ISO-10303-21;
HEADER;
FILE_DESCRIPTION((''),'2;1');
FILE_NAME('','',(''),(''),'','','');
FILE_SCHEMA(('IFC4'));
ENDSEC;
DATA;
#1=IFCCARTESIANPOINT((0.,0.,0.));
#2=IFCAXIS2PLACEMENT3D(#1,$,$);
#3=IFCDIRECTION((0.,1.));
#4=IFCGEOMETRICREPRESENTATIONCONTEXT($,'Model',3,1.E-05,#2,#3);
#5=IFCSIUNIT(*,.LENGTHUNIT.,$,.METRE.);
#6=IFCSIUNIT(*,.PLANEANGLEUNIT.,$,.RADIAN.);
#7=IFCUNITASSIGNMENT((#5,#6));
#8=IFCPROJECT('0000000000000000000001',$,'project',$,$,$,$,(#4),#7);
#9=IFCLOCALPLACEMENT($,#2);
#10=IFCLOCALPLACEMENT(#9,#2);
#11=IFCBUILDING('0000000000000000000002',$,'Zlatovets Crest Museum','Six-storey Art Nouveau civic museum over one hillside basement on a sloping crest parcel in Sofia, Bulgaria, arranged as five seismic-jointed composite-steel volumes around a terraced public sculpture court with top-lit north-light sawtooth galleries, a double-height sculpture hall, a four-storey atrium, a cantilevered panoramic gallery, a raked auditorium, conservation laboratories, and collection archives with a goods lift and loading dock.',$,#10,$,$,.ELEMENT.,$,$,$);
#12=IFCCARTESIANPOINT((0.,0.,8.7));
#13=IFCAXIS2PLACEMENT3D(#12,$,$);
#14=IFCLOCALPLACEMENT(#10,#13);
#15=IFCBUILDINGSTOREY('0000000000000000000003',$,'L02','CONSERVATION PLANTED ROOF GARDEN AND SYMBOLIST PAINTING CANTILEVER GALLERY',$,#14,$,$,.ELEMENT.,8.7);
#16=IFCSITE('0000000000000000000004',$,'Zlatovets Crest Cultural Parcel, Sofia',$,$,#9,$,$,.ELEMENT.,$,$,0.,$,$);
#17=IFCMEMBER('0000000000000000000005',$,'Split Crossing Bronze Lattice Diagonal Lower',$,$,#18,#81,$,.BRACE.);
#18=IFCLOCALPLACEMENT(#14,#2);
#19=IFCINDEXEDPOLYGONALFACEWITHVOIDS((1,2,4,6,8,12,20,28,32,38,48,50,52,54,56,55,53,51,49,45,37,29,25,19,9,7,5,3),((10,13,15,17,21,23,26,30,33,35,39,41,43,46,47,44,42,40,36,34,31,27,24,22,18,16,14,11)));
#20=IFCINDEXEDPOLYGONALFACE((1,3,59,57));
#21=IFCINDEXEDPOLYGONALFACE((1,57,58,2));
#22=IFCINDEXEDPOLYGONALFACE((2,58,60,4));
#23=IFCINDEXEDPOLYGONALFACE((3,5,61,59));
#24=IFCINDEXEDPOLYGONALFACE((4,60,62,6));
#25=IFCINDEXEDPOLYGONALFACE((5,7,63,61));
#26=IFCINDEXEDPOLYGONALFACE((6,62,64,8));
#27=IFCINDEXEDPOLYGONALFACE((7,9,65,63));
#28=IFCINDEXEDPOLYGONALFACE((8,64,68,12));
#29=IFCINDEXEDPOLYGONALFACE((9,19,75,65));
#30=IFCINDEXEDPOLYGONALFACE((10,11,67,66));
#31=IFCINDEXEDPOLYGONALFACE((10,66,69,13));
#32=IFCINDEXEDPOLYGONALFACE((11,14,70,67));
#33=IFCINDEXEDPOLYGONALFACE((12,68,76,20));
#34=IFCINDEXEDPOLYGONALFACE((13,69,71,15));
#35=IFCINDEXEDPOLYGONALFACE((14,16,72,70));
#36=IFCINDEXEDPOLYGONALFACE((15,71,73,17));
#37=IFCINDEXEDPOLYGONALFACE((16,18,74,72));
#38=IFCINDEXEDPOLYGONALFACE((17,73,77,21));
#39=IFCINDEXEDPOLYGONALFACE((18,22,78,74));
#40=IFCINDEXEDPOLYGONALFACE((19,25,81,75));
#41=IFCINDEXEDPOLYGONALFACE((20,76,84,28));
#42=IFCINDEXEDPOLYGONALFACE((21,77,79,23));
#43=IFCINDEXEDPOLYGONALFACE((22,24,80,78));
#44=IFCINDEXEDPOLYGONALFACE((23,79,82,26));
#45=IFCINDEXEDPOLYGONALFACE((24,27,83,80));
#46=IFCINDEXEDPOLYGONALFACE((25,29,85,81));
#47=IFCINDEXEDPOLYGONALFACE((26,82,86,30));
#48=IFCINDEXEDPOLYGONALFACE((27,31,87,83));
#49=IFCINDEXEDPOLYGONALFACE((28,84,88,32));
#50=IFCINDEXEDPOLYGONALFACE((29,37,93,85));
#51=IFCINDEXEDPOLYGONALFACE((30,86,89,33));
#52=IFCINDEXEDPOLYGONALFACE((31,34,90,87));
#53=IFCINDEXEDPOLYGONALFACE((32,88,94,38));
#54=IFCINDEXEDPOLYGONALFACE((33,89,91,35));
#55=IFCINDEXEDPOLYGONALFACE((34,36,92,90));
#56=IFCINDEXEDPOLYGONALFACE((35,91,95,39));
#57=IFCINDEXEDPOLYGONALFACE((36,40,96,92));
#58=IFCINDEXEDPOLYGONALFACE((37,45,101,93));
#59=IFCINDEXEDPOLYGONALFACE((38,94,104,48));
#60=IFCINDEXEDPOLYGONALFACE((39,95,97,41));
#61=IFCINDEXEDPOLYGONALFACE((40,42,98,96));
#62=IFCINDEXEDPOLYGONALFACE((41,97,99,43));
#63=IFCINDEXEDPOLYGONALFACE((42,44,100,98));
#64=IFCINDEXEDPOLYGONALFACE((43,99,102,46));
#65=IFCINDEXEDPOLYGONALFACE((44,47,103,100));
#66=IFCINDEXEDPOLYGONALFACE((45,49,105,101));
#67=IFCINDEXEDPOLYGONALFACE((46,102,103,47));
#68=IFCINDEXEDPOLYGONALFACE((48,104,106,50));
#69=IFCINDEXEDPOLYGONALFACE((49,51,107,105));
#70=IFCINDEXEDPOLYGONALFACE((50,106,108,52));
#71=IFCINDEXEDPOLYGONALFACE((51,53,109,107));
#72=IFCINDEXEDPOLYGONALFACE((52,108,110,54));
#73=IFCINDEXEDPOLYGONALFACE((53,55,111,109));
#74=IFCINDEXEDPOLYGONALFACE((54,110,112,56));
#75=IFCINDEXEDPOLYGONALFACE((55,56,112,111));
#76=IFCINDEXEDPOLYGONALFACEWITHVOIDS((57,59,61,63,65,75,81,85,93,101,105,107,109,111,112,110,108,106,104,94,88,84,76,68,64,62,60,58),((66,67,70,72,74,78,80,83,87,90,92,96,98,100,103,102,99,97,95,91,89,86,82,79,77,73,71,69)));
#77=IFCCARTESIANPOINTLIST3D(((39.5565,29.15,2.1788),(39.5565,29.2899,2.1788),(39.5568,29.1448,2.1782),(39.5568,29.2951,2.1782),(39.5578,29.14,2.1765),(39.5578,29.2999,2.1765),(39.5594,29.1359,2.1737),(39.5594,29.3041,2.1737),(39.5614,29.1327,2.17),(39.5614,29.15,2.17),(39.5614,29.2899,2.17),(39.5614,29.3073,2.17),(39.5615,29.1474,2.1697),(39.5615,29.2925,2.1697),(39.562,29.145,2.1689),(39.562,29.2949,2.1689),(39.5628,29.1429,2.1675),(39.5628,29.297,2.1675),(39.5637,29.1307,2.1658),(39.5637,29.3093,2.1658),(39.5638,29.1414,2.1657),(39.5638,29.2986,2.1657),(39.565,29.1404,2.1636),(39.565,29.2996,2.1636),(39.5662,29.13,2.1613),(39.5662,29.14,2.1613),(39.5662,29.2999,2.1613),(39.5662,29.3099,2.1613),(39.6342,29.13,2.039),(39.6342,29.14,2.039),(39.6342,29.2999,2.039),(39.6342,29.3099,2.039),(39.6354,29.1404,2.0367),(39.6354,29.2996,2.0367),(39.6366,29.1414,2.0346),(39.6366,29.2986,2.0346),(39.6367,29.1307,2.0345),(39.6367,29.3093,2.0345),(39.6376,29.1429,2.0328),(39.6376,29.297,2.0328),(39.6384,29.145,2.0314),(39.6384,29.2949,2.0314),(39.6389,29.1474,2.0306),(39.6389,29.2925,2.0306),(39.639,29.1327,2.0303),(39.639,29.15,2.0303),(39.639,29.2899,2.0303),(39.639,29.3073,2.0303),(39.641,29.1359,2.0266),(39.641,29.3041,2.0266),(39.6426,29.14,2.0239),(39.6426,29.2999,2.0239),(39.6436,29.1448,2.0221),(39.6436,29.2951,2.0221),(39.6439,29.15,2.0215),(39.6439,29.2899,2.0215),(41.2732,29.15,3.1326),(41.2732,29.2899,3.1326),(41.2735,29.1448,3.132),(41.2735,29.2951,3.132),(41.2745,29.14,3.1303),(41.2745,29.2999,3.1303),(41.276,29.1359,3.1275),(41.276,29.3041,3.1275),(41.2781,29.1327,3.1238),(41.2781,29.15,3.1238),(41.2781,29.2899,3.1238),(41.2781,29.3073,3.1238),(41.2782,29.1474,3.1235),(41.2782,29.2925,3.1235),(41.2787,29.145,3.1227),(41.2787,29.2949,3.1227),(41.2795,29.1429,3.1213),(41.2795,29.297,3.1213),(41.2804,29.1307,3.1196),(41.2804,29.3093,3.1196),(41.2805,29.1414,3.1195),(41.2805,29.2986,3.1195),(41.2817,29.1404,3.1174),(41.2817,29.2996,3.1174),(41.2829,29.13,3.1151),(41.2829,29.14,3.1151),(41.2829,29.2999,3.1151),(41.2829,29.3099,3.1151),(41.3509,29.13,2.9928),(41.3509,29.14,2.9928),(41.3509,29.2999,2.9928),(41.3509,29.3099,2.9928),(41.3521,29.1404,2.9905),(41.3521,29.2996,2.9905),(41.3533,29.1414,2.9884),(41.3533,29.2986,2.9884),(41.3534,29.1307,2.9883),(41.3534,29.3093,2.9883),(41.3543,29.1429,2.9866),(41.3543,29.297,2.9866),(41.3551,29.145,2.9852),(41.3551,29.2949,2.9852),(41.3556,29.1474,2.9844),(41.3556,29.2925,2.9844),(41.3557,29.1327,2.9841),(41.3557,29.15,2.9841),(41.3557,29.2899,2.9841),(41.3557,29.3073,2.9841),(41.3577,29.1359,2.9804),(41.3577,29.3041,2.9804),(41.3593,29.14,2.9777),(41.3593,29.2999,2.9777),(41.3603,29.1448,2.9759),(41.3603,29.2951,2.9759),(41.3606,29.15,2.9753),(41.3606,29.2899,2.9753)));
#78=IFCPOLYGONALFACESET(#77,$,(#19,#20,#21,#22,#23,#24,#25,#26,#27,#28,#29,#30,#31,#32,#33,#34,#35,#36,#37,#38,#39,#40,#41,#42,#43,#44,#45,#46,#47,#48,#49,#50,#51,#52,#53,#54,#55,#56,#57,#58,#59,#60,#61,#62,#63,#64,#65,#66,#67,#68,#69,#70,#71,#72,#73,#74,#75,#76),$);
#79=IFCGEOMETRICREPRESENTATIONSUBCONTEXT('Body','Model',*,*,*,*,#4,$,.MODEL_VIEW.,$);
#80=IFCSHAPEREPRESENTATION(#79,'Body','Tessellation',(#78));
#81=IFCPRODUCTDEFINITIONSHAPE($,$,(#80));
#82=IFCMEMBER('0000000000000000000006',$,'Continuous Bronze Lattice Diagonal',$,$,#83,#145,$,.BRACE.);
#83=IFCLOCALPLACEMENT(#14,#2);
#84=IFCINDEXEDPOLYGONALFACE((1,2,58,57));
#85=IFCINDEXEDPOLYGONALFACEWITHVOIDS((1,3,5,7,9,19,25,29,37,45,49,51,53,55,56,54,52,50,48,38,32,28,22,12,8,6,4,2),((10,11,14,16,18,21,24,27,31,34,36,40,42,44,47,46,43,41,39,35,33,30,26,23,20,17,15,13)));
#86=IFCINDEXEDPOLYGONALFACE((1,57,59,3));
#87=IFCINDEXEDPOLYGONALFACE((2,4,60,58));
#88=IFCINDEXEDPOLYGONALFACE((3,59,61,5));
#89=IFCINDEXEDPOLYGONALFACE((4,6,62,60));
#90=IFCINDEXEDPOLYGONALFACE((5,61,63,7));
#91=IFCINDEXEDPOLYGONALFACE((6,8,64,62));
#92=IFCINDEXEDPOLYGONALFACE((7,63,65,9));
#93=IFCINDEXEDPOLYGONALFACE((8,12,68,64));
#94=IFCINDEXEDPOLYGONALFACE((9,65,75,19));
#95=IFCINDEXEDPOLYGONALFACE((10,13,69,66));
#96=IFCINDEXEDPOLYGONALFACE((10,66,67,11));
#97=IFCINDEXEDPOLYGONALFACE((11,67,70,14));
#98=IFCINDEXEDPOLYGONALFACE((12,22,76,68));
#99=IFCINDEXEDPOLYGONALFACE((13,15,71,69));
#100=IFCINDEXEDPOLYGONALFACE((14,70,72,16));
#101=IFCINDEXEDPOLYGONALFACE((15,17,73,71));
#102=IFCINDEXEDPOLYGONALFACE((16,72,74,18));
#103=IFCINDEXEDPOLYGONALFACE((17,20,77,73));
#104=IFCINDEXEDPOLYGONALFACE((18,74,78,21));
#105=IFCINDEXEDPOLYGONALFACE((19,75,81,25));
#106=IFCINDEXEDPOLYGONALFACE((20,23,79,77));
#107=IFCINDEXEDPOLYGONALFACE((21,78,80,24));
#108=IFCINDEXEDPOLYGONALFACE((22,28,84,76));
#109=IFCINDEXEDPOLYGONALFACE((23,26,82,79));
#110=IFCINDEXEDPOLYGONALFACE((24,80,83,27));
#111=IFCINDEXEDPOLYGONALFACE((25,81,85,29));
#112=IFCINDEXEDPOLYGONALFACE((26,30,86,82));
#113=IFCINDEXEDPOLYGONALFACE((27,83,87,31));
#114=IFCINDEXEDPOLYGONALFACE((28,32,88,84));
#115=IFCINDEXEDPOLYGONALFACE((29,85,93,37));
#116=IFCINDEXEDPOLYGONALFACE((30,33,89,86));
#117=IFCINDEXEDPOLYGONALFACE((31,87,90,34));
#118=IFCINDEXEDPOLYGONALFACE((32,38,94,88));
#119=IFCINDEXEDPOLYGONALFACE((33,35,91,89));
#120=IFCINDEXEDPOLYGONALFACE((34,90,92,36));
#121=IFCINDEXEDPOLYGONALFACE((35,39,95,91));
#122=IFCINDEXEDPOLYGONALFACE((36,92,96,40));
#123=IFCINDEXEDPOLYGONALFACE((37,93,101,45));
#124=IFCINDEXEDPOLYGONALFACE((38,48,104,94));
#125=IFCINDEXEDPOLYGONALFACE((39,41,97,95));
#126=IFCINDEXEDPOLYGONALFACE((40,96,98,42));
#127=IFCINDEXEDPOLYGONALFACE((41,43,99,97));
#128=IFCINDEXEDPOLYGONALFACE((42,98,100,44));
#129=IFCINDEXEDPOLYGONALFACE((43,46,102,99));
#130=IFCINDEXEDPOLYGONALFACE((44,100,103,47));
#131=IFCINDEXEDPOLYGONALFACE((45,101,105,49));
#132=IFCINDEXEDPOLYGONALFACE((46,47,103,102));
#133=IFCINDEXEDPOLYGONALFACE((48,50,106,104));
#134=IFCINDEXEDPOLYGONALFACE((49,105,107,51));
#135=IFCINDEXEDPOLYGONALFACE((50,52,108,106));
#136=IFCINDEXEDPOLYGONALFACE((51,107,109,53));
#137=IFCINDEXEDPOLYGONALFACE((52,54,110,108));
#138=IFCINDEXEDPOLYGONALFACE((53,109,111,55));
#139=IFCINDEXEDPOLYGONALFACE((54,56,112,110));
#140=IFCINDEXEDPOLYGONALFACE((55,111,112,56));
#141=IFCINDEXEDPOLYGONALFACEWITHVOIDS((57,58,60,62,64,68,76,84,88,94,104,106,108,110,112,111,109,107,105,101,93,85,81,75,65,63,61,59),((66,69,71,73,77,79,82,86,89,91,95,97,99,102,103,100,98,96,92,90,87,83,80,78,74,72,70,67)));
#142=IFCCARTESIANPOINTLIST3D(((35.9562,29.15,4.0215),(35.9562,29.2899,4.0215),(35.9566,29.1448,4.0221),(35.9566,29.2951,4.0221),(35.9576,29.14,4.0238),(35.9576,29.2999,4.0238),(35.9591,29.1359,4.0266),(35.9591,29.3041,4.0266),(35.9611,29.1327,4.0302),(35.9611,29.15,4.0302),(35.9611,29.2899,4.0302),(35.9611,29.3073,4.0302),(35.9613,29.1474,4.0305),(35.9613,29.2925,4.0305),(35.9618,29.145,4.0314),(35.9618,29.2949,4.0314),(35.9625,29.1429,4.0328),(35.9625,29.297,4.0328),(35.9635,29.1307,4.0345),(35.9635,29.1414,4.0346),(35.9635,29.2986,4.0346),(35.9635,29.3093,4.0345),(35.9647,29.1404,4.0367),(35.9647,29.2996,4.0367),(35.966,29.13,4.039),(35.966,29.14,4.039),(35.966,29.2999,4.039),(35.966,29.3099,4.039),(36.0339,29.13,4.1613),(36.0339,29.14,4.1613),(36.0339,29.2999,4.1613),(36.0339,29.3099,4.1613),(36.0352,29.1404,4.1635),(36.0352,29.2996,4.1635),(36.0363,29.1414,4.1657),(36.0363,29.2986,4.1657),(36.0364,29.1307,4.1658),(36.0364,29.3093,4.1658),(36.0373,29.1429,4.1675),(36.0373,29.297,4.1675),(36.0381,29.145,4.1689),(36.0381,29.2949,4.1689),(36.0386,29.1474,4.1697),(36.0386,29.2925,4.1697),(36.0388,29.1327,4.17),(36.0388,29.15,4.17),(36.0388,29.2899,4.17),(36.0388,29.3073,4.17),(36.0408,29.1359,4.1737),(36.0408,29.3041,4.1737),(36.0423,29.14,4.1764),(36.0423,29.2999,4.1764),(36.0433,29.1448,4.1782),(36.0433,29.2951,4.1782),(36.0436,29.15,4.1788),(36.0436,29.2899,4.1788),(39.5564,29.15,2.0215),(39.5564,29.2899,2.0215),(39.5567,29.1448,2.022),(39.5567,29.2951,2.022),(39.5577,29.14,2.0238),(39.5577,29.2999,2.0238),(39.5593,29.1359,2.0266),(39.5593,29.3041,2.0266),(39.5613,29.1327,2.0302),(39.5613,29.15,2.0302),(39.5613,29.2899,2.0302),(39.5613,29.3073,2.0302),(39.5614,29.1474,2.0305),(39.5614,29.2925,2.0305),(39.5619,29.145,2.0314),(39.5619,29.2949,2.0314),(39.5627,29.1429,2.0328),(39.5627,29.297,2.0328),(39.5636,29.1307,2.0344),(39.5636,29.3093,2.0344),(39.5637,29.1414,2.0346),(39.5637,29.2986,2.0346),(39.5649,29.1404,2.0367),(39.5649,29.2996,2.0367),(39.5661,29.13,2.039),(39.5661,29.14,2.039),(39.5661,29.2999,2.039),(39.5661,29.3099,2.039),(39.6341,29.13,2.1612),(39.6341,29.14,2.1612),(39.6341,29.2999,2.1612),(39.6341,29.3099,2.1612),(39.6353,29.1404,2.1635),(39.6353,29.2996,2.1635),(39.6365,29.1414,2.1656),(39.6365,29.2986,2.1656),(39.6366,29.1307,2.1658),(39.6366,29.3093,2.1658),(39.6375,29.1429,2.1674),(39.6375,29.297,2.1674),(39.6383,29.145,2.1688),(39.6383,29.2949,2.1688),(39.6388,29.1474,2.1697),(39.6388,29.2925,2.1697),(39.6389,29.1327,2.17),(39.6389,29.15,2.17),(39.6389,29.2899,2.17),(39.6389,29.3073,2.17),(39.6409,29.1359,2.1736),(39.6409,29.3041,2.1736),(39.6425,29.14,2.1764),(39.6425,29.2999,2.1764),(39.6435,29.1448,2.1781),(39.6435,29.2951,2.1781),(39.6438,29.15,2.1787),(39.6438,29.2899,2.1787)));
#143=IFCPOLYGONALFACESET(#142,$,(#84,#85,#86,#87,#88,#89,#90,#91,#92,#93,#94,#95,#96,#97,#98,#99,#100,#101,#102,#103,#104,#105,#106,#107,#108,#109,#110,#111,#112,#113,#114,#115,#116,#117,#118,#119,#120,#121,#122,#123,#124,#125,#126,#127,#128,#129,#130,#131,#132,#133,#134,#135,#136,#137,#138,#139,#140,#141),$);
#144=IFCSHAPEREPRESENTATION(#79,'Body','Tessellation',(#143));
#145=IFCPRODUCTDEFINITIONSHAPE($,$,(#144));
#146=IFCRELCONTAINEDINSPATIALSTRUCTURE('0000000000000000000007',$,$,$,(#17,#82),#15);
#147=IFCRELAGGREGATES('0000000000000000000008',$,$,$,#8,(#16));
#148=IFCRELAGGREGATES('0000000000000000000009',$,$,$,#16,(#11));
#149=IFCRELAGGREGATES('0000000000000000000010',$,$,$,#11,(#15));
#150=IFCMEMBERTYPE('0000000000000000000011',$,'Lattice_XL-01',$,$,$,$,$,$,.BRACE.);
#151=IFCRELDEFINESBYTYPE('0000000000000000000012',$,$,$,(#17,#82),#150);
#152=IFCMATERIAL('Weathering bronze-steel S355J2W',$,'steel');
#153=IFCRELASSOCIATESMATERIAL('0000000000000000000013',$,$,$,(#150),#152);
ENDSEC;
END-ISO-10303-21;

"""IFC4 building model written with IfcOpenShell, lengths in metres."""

from ifc_helpers import new_model, si_unit, direction, frame, origin, origin_2d, place, context, subcontext, project, spatial, hollow_rectangle, extrude, material, material_profile, profile_set, type_object, element, save


model = new_model("IFC4")

# Units and contexts
model_context = context("Model", 3, precision=1e-05, world=origin(), true_north=direction((0.0, 1.0)))
body_context = subcontext(model_context, "Body", "Model", "MODEL_VIEW")
ifc_project = project(units=[si_unit("LENGTHUNIT", "METRE"), si_unit("PLANEANGLEUNIT", "RADIAN")], contexts=[model_context])

# Site, building, storey
site_placement = place(None, origin())
site = spatial("IfcSite", under=ifc_project, at=site_placement, Name="Zlatovets Crest Cultural Parcel, Sofia", CompositionType="ELEMENT", RefElevation=0.0)
building_placement = place(site_placement, origin())
building = spatial("IfcBuilding", under=site, at=building_placement, Name="Zlatovets Crest Museum", Description="Six-storey Art Nouveau civic museum over one hillside basement on a sloping crest parcel in Sofia, Bulgaria, arranged as five seismic-jointed composite-steel volumes around a terraced public sculpture court with top-lit north-light sawtooth galleries, a double-height sculpture hall, a four-storey atrium, a cantilevered panoramic gallery, a raked auditorium, conservation laboratories, and collection archives with a goods lift and loading dock.", CompositionType="ELEMENT")
storey_placement = place(building_placement, frame((0.0, 0.0, 8.7)))
storey = spatial("IfcBuildingStorey", under=building, at=storey_placement, Name="L02", Description="CONSERVATION PLANTED ROOF GARDEN AND SYMBOLIST PAINTING CANTILEVER GALLERY", CompositionType="ELEMENT", Elevation=8.7)

# Members
ifc_material_1 = material(Name="Weathering bronze-steel S355J2W", Category="steel")
ifc_material_profile_1 = material_profile(ifc_material_1, hollow_rectangle(XDim=0.1799, YDim=0.1799, WallThickness=0.01, InnerFilletRadius=0.01, OuterFilletRadius=0.02, at=origin_2d()), Name="SHS 180x180x10.0")
ifc_profile_set_1 = profile_set([ifc_material_profile_1], Name="Weathering bronze-steel S355J2W")
member_type_1 = type_object("IfcMemberType", Name="Lattice_XL-01", PredefinedType="BRACE", material=ifc_profile_set_1)
member_1_placement = place(storey_placement, frame((41.3169, 29.22, 3.054), z_axis=(-0.87414, 0.0, -0.485675), x_axis=(0.0, -1.0, 0.0)))
element("IfcMember", 1, at=member_1_placement, inside=storey, type_object=member_type_1, Name="Split Crossing Bronze Lattice Diagonal Lower", PredefinedType="BRACE", context=body_context, shape_type="SweptSolid", body=[
    extrude(hollow_rectangle(XDim=0.1799, YDim=0.1799, WallThickness=0.01, InnerFilletRadius=0.01, OuterFilletRadius=0.02, at=origin_2d()), origin(), (0.0, 0.0, 1.0), 1.9639),
])
member_2_placement = place(storey_placement, frame((39.6001, 29.22, 2.1001), z_axis=(-0.874163, 0.0, 0.485633), x_axis=(0.0, -1.0, 0.0)))
element("IfcMember", 2, at=member_2_placement, inside=storey, type_object=member_type_1, Name="Continuous Bronze Lattice Diagonal", PredefinedType="BRACE", context=body_context, shape_type="SweptSolid", body=[
    extrude(hollow_rectangle(XDim=0.1799, YDim=0.1799, WallThickness=0.01, InnerFilletRadius=0.01, OuterFilletRadius=0.02, at=origin_2d()), origin(), (0.0, 0.0, 1.0), 4.1184),
])

save(model, "model.ifc")
